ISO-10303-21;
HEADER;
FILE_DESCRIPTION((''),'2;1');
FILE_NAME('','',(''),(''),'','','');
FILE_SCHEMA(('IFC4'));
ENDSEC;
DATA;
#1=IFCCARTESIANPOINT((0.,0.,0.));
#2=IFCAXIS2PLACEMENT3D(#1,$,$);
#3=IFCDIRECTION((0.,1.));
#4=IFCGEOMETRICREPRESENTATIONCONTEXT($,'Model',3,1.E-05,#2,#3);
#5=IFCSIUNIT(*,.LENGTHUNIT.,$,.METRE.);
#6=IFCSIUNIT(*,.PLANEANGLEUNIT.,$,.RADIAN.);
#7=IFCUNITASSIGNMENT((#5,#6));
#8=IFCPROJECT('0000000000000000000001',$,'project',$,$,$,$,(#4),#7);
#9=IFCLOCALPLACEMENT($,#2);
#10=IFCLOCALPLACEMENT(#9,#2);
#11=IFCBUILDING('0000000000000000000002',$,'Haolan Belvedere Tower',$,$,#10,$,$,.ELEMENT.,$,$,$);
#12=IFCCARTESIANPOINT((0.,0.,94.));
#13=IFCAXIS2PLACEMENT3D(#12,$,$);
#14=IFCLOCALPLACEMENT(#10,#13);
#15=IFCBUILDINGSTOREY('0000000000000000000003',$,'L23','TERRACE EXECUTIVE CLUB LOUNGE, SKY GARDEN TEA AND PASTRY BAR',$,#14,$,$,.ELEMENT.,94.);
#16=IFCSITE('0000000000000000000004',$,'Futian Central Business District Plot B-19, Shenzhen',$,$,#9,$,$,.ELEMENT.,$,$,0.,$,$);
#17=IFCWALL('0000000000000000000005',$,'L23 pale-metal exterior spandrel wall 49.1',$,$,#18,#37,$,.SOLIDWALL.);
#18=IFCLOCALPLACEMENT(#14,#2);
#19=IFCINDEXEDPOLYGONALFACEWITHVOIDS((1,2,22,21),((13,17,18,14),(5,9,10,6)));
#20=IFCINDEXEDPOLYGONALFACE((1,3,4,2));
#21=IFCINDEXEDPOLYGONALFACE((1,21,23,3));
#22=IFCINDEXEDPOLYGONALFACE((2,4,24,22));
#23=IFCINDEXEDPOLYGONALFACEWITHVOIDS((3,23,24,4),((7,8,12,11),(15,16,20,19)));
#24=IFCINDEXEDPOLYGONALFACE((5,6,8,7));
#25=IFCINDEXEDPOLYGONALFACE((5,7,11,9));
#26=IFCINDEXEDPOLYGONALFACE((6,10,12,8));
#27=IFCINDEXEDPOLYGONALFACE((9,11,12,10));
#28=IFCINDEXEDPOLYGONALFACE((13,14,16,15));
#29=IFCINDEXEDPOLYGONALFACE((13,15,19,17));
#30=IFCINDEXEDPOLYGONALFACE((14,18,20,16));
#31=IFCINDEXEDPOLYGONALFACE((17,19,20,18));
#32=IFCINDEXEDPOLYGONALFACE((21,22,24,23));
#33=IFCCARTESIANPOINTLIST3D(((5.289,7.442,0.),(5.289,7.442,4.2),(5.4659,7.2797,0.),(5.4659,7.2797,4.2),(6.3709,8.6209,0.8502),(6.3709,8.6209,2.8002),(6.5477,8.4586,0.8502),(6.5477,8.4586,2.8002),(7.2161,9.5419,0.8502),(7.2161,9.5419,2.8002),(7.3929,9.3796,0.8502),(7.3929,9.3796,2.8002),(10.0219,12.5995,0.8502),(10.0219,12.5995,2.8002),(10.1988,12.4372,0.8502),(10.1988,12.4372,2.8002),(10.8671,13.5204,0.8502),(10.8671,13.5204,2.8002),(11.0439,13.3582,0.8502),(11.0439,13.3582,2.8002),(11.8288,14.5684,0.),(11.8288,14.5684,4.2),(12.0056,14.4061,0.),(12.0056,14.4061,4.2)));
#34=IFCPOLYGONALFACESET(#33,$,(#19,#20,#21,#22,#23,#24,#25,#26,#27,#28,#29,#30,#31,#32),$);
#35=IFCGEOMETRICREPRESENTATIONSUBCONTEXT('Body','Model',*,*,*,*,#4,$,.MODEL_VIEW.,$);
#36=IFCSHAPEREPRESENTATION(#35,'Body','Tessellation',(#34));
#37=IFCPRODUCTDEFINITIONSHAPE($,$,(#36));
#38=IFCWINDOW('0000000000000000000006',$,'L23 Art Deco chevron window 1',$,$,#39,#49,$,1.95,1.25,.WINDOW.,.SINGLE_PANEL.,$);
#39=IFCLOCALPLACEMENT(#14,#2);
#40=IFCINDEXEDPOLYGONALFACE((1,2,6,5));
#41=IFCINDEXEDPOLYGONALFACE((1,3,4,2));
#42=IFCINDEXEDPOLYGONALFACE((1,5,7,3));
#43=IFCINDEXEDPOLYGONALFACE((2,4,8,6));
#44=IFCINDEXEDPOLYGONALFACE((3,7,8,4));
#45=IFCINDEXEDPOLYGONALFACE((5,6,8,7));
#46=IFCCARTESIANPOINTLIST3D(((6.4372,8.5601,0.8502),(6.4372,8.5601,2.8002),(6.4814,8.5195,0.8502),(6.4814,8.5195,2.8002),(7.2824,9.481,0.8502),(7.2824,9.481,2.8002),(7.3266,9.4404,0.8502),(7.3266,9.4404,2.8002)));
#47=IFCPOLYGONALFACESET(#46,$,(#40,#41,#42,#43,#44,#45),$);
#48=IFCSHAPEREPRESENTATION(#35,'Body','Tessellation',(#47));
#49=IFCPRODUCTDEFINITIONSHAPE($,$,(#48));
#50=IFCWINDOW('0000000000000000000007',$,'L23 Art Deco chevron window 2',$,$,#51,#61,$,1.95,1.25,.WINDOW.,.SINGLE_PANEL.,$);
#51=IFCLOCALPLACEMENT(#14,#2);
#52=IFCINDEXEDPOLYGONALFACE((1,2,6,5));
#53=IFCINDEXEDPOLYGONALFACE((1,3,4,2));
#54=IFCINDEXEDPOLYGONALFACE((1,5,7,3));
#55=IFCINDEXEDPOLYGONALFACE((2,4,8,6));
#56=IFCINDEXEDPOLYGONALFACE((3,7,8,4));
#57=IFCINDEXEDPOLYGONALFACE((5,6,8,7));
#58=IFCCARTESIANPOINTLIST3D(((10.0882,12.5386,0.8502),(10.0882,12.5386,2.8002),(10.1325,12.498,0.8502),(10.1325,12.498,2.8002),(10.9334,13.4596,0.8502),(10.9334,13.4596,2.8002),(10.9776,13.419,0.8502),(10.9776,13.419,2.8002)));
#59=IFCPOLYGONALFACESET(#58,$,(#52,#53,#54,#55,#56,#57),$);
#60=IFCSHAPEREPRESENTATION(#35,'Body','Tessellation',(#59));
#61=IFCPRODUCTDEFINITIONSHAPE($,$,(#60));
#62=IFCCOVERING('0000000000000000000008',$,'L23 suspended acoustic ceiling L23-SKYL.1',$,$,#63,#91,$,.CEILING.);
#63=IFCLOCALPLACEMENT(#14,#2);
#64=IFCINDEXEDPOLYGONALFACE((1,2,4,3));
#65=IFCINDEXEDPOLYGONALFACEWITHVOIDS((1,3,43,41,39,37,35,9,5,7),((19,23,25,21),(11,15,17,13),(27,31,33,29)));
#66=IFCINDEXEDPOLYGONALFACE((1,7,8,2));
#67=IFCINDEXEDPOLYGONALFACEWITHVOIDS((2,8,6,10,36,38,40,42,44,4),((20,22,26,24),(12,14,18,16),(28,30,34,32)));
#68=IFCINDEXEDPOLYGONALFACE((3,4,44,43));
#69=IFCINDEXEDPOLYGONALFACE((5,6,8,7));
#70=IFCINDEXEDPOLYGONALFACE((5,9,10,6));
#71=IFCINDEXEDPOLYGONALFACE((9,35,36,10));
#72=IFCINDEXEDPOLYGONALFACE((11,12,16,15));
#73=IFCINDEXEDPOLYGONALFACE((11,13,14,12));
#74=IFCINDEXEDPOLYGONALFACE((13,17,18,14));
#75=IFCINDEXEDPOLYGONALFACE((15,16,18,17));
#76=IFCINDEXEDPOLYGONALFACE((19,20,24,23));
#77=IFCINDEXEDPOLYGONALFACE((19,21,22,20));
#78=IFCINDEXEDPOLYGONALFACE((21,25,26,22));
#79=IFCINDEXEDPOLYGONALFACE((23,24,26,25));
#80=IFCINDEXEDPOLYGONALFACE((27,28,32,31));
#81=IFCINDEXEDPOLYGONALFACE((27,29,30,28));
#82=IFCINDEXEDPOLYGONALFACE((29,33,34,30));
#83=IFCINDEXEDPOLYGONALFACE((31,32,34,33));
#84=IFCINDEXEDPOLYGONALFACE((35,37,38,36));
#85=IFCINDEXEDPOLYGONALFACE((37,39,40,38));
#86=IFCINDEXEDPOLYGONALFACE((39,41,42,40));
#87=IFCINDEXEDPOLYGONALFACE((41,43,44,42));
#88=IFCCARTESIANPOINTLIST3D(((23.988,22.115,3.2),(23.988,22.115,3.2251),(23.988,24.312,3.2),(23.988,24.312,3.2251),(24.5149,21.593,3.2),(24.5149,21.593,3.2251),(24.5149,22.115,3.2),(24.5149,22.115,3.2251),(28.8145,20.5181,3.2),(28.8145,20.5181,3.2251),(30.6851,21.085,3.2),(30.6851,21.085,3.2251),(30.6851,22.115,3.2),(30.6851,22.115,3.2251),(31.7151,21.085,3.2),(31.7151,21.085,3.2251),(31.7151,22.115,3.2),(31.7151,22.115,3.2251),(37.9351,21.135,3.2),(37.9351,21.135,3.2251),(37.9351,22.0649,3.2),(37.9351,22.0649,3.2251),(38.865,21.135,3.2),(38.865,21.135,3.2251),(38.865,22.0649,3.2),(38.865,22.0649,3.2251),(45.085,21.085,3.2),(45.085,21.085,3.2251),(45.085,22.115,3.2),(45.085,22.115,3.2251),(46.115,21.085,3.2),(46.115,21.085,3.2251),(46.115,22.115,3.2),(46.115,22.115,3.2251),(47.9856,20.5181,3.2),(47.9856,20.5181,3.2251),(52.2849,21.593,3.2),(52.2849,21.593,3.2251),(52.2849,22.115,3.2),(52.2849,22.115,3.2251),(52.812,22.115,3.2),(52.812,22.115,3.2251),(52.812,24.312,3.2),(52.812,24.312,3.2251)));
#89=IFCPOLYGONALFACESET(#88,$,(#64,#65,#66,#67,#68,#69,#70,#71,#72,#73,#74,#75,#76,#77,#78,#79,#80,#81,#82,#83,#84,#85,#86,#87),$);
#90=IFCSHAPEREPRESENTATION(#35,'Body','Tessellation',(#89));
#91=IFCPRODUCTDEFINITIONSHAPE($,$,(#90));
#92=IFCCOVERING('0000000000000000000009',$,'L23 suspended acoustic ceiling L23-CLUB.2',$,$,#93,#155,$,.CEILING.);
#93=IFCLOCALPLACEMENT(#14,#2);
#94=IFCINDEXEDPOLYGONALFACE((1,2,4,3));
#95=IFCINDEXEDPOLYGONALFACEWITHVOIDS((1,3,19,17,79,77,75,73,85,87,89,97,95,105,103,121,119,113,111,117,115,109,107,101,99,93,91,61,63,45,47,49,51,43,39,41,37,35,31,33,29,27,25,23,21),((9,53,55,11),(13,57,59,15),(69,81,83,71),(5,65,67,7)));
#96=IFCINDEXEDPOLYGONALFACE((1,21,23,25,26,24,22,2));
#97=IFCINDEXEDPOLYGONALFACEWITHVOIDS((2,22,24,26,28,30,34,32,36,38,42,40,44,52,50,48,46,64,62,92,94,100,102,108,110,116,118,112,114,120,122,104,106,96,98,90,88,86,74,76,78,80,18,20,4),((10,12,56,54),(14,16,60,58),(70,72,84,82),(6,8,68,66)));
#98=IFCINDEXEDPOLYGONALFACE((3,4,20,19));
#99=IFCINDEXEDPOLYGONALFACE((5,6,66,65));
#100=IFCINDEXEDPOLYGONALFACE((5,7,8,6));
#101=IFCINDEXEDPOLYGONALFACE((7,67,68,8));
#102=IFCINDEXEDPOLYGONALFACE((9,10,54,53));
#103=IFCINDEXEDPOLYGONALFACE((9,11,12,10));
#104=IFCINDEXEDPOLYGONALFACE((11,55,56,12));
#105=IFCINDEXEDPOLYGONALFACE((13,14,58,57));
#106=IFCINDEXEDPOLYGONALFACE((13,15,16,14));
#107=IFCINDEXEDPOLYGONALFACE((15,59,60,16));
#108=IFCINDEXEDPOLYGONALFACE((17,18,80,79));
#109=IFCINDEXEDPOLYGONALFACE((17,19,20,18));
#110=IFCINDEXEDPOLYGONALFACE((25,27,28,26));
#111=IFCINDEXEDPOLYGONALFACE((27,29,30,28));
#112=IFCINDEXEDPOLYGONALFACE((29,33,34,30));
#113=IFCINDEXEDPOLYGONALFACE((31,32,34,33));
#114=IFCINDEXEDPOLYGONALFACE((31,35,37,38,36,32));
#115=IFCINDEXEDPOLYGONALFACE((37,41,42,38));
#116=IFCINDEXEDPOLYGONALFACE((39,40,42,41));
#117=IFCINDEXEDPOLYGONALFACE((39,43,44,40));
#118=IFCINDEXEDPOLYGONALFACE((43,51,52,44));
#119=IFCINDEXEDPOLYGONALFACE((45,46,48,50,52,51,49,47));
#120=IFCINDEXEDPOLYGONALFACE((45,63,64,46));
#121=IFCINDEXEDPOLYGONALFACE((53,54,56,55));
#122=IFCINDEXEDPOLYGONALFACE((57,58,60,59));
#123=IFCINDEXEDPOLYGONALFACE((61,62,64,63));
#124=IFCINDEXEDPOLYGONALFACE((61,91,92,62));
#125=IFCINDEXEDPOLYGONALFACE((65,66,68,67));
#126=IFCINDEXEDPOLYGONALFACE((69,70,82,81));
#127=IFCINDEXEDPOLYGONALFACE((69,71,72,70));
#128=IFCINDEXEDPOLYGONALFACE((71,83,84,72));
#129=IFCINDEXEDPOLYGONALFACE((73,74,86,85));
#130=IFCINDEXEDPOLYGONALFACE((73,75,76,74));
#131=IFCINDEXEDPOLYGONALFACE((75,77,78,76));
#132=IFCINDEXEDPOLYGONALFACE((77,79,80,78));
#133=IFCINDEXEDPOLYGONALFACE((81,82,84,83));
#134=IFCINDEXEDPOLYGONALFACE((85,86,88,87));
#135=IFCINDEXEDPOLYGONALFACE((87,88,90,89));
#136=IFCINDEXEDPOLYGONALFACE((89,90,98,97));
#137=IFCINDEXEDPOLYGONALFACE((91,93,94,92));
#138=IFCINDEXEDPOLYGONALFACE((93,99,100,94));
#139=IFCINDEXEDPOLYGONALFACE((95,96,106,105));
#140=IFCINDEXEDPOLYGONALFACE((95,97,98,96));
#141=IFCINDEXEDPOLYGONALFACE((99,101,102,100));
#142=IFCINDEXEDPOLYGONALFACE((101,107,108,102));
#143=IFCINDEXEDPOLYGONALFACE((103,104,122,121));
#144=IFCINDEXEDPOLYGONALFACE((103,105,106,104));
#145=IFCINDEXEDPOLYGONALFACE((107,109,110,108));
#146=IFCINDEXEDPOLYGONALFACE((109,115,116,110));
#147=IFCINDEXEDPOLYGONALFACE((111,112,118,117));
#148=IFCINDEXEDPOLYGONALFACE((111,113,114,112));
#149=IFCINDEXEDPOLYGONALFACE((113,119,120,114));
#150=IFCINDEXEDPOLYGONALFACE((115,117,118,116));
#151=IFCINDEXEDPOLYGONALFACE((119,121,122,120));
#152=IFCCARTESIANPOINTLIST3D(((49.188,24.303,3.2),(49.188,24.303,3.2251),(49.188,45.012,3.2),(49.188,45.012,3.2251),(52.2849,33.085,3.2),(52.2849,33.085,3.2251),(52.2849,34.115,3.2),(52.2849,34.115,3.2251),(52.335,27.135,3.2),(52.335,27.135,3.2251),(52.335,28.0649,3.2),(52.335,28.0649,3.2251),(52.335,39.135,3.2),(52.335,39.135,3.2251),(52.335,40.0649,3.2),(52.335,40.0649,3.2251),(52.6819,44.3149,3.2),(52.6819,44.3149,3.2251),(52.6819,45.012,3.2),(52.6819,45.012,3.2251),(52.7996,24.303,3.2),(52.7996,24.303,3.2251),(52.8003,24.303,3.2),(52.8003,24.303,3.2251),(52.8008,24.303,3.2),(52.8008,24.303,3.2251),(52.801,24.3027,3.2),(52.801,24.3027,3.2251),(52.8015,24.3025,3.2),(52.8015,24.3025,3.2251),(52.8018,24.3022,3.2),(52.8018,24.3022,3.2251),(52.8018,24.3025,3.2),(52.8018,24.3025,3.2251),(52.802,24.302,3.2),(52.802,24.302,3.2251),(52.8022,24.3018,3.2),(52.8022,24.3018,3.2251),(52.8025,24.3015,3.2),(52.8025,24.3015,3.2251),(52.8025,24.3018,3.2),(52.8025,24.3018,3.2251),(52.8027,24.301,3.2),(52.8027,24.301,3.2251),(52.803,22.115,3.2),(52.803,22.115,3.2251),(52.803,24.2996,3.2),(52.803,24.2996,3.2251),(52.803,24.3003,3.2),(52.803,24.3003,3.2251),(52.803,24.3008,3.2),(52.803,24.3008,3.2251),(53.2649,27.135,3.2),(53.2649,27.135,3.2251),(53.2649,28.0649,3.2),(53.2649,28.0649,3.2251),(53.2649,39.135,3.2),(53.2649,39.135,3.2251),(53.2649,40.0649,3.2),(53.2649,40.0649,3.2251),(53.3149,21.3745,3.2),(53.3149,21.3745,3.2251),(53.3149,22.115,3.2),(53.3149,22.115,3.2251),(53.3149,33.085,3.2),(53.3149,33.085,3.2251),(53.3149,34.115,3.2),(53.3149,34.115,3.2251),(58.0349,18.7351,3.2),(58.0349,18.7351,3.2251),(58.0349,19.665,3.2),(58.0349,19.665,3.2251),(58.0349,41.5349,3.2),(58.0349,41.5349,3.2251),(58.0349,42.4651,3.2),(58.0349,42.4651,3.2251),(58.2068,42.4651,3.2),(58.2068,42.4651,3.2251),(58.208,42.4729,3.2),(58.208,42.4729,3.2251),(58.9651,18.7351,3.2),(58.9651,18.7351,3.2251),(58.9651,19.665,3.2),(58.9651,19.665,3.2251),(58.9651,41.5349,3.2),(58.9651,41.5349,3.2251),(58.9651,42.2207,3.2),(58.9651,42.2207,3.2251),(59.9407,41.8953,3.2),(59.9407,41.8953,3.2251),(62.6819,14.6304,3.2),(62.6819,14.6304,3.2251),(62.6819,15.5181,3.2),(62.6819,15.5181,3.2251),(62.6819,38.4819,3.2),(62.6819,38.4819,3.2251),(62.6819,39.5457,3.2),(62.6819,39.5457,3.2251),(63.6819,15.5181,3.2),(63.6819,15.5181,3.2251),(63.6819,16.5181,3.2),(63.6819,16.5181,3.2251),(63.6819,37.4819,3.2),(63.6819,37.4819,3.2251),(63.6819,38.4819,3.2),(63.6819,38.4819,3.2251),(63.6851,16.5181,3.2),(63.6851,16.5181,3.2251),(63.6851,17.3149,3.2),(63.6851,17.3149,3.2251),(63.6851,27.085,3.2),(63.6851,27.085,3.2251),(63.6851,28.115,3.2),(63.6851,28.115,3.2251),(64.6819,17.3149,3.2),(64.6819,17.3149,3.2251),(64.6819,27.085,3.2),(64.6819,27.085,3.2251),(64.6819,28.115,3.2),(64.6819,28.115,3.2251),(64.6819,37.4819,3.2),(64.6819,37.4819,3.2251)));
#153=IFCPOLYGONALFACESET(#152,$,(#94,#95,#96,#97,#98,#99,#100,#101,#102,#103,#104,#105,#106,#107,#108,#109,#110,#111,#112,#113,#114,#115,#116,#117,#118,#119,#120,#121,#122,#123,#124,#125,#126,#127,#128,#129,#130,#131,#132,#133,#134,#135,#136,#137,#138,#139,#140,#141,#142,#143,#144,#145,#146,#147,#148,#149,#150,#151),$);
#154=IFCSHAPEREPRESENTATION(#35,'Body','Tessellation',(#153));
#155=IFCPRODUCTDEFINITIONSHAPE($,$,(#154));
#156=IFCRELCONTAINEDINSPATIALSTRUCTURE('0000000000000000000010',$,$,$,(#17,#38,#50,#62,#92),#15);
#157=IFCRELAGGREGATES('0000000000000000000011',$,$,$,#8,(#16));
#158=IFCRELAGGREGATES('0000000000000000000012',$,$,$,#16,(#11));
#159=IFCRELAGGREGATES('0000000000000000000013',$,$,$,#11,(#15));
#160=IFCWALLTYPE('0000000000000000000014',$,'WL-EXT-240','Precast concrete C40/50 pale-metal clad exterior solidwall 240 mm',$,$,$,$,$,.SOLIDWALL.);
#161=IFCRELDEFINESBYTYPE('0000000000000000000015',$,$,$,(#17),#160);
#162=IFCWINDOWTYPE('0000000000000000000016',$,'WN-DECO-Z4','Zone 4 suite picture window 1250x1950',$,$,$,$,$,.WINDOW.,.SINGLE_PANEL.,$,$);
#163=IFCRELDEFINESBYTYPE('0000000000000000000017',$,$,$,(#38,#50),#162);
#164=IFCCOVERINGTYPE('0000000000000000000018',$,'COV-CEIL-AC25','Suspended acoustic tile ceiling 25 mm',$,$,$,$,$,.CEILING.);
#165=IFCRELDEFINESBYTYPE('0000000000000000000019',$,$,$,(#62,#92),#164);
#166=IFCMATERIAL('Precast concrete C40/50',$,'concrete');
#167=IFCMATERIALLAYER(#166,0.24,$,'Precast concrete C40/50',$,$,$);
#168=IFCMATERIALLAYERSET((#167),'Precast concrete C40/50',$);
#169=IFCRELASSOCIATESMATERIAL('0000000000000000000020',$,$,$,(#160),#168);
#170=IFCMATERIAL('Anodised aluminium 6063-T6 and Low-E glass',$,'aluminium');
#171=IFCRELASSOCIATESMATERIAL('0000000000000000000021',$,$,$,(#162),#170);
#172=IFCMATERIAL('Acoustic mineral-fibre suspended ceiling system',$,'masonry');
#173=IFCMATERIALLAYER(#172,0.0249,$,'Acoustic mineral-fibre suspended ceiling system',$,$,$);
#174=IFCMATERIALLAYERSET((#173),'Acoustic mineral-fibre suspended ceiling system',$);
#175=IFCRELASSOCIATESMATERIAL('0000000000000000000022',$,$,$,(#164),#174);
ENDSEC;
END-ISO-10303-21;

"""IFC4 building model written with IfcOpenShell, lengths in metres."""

from ifc_helpers import new_model, si_unit, direction, frame, frame_2d, origin, place, context, subcontext, project, spatial, polyline, rectangle, outline, extrude, material, layer, layer_set, type_object, element, fill, save


model = new_model("IFC4")

# Units and contexts
model_context = context("Model", 3, precision=1e-05, world=origin(), true_north=direction((0.0, 1.0)))
body_context = subcontext(model_context, "Body", "Model", "MODEL_VIEW")
ifc_project = project(units=[si_unit("LENGTHUNIT", "METRE"), si_unit("PLANEANGLEUNIT", "RADIAN")], contexts=[model_context])

# Site, building, storey
site_placement = place(None, origin())
site = spatial("IfcSite", under=ifc_project, at=site_placement, Name="Futian Central Business District Plot B-19, Shenzhen", CompositionType="ELEMENT", RefElevation=0.0)
building_placement = place(site_placement, origin())
building = spatial("IfcBuilding", under=site, at=building_placement, Name="Haolan Belvedere Tower", CompositionType="ELEMENT")
storey_placement = place(building_placement, frame((0.0, 0.0, 94.0)))
storey = spatial("IfcBuildingStorey", under=building, at=storey_placement, Name="L23", Description="TERRACE EXECUTIVE CLUB LOUNGE, SKY GARDEN TEA AND PASTRY BAR", CompositionType="ELEMENT", Elevation=94.0)

# Shared definitions
ifc_material_1 = material(Name="Precast concrete C40/50", Category="concrete")
ifc_layer_1 = layer(ifc_material_1, 0.24, Name="Precast concrete C40/50")
ifc_layer_set_1 = layer_set([ifc_layer_1], Name="Precast concrete C40/50")
wall_type = type_object("IfcWallType", Name="WL-EXT-240", Description="Precast concrete C40/50 pale-metal clad exterior solidwall 240 mm", PredefinedType="SOLIDWALL", material=ifc_layer_set_1)

# Wall, openings, windows
wall_1_placement = place(storey_placement, frame((5.3774, 7.3608, 0.0), z_axis=(0.0, 0.0, 1.0), x_axis=(0.676129, 0.736783, 0.0)))
wall_1 = element("IfcWall", 1, at=wall_1_placement, inside=storey, type_object=wall_type, Name="L23 pale-metal exterior spandrel wall 49.1", PredefinedType="SOLIDWALL", context=body_context, shape_type="SweptSolid", body=[
    extrude(rectangle(XDim=9.6724, YDim=0.24, at=frame_2d((4.8362, 0.0))), origin(), (0.0, 0.0, 1.0), 4.2),
])
opening_1_placement = place(wall_1_placement, frame((1.6001, 0.0, 0.8501)))
opening_1 = element("IfcOpeningElement", 2, at=opening_1_placement, cuts=wall_1, PredefinedType="OPENING", context=body_context, shape_type="SweptSolid", body=[
    extrude(rectangle(XDim=1.25, YDim=1.95, at=frame_2d((0.625, 0.9751))), frame((0.0, 0.1299, 0.0), z_axis=(0.0, -1.0, 0.0), x_axis=(1.0, 0.0, 0.0)), (0.0, 0.0, 1.0), 0.26),
])
opening_2_placement = place(wall_1_placement, frame((7.0, 0.0, 0.8501)))
opening_2 = element("IfcOpeningElement", 3, at=opening_2_placement, cuts=wall_1, PredefinedType="OPENING", context=body_context, shape_type="SweptSolid", body=[
    extrude(rectangle(XDim=1.25, YDim=1.95, at=frame_2d((0.625, 0.9751))), frame((0.0, 0.1299, 0.0), z_axis=(0.0, -1.0, 0.0), x_axis=(1.0, 0.0, 0.0)), (0.0, 0.0, 1.0), 0.26),
])
ifc_material_2 = material(Name="Anodised aluminium 6063-T6 and Low-E glass", Category="aluminium")
window_type_1 = type_object("IfcWindowType", Name="WN-DECO-Z4", Description="Zone 4 suite picture window 1250x1950", PartitioningType="SINGLE_PANEL", PredefinedType="WINDOW", material=ifc_material_2)
window_1_placement = place(opening_1_placement, origin())
window_1 = element("IfcWindow", 4, at=window_1_placement, inside=storey, type_object=window_type_1, Name="L23 Art Deco chevron window 1", OverallHeight=1.95, OverallWidth=1.25, PartitioningType="SINGLE_PANEL", PredefinedType="WINDOW", context=body_context, shape_type="SweptSolid", body=[
    extrude(rectangle(XDim=1.25, YDim=1.95, at=frame_2d((0.625, 0.9751))), frame((0.0, 0.03, 0.0), z_axis=(0.0, -1.0, 0.0), x_axis=(1.0, 0.0, 0.0)), (0.0, 0.0, 1.0), 0.0601),
])
fill(opening_1, window_1)
window_2_placement = place(opening_2_placement, origin())
window_2 = element("IfcWindow", 5, at=window_2_placement, inside=storey, type_object=window_type_1, Name="L23 Art Deco chevron window 2", OverallHeight=1.95, OverallWidth=1.25, PartitioningType="SINGLE_PANEL", PredefinedType="WINDOW", context=body_context, shape_type="SweptSolid", body=[
    extrude(rectangle(XDim=1.25, YDim=1.95, at=frame_2d((0.625, 0.9751))), frame((0.0, 0.03, 0.0), z_axis=(0.0, -1.0, 0.0), x_axis=(1.0, 0.0, 0.0)), (0.0, 0.0, 1.0), 0.0601),
])
fill(opening_2, window_2)

# Coverings
ifc_material_3 = material(Name="Acoustic mineral-fibre suspended ceiling system", Category="masonry")
ifc_layer_2 = layer(ifc_material_3, 0.0249, Name="Acoustic mineral-fibre suspended ceiling system")
ifc_layer_set_2 = layer_set([ifc_layer_2], Name="Acoustic mineral-fibre suspended ceiling system")
covering_type_1 = type_object("IfcCoveringType", Name="COV-CEIL-AC25", Description="Suspended acoustic tile ceiling 25 mm", PredefinedType="CEILING", material=ifc_layer_set_2)
covering_1_placement = place(storey_placement, frame((0.0, 0.0, 3.2)))
element("IfcCovering", 6, at=covering_1_placement, inside=storey, type_object=covering_type_1, Name="L23 suspended acoustic ceiling L23-SKYL.1", PredefinedType="CEILING", context=body_context, shape_type="SweptSolid", body=[
    extrude(outline(polyline([(47.9856, 20.5181), (52.2849, 21.593), (52.2849, 22.115), (52.812, 22.115), (52.812, 24.312), (23.988, 24.312), (23.988, 22.115), (24.5149, 22.115), (24.5149, 21.593), (28.8145, 20.5181), (47.9856, 20.5181)]), holes=[polyline([(45.085, 21.085), (45.085, 22.115), (46.115, 22.115), (46.115, 21.085), (45.085, 21.085)]), polyline([(37.9351, 21.135), (37.9351, 22.0649), (38.865, 22.0649), (38.865, 21.135), (37.9351, 21.135)]), polyline([(30.6851, 21.085), (30.6851, 22.115), (31.7151, 22.115), (31.7151, 21.085), (30.6851, 21.085)])]), origin(), (0.0, 0.0, 1.0), 0.0251),
])
covering_2_placement = place(storey_placement, frame((0.0, 0.0, 3.2)))
element("IfcCovering", 7, at=covering_2_placement, inside=storey, type_object=covering_type_1, Name="L23 suspended acoustic ceiling L23-CLUB.2", PredefinedType="CEILING", context=body_context, shape_type="SweptSolid", body=[
    extrude(outline(polyline([(52.6819, 44.3149), (52.6819, 45.012), (49.188, 45.012), (49.188, 24.303), (52.7996, 24.303), (52.8003, 24.303), (52.8008, 24.303), (52.801, 24.3027), (52.8015, 24.3025), (52.8018, 24.3025), (52.8018, 24.3022), (52.802, 24.302), (52.8022, 24.3018), (52.8025, 24.3018), (52.8025, 24.3015), (52.8027, 24.301), (52.803, 24.3008), (52.803, 24.3003), (52.803, 24.2996), (52.803, 22.115), (53.3149, 22.115), (53.3149, 21.3745), (62.6819, 14.6304), (62.6819, 15.5181), (63.6819, 15.5181), (63.6819, 16.5181), (63.6851, 16.5181), (63.6851, 17.3149), (64.6819, 17.3149), (64.6819, 27.085), (63.6851, 27.085), (63.6851, 28.115), (64.6819, 28.115), (64.6819, 37.4819), (63.6819, 37.4819), (63.6819, 38.4819), (62.6819, 38.4819), (62.6819, 39.5457), (59.9407, 41.8953), (58.9651, 42.2207), (58.9651, 41.5349), (58.0349, 41.5349), (58.0349, 42.4651), (58.2068, 42.4651), (58.208, 42.4729), (52.6819, 44.3149)]), holes=[polyline([(58.0349, 18.7351), (58.0349, 19.665), (58.9651, 19.665), (58.9651, 18.7351), (58.0349, 18.7351)]), polyline([(52.2849, 33.085), (52.2849, 34.115), (53.3149, 34.115), (53.3149, 33.085), (52.2849, 33.085)]), polyline([(52.335, 27.135), (52.335, 28.0649), (53.2649, 28.0649), (53.2649, 27.135), (52.335, 27.135)]), polyline([(52.335, 39.135), (52.335, 40.0649), (53.2649, 40.0649), (53.2649, 39.135), (52.335, 39.135)])]), origin(), (0.0, 0.0, 1.0), 0.0251),
])

save(model, "model.ifc")
